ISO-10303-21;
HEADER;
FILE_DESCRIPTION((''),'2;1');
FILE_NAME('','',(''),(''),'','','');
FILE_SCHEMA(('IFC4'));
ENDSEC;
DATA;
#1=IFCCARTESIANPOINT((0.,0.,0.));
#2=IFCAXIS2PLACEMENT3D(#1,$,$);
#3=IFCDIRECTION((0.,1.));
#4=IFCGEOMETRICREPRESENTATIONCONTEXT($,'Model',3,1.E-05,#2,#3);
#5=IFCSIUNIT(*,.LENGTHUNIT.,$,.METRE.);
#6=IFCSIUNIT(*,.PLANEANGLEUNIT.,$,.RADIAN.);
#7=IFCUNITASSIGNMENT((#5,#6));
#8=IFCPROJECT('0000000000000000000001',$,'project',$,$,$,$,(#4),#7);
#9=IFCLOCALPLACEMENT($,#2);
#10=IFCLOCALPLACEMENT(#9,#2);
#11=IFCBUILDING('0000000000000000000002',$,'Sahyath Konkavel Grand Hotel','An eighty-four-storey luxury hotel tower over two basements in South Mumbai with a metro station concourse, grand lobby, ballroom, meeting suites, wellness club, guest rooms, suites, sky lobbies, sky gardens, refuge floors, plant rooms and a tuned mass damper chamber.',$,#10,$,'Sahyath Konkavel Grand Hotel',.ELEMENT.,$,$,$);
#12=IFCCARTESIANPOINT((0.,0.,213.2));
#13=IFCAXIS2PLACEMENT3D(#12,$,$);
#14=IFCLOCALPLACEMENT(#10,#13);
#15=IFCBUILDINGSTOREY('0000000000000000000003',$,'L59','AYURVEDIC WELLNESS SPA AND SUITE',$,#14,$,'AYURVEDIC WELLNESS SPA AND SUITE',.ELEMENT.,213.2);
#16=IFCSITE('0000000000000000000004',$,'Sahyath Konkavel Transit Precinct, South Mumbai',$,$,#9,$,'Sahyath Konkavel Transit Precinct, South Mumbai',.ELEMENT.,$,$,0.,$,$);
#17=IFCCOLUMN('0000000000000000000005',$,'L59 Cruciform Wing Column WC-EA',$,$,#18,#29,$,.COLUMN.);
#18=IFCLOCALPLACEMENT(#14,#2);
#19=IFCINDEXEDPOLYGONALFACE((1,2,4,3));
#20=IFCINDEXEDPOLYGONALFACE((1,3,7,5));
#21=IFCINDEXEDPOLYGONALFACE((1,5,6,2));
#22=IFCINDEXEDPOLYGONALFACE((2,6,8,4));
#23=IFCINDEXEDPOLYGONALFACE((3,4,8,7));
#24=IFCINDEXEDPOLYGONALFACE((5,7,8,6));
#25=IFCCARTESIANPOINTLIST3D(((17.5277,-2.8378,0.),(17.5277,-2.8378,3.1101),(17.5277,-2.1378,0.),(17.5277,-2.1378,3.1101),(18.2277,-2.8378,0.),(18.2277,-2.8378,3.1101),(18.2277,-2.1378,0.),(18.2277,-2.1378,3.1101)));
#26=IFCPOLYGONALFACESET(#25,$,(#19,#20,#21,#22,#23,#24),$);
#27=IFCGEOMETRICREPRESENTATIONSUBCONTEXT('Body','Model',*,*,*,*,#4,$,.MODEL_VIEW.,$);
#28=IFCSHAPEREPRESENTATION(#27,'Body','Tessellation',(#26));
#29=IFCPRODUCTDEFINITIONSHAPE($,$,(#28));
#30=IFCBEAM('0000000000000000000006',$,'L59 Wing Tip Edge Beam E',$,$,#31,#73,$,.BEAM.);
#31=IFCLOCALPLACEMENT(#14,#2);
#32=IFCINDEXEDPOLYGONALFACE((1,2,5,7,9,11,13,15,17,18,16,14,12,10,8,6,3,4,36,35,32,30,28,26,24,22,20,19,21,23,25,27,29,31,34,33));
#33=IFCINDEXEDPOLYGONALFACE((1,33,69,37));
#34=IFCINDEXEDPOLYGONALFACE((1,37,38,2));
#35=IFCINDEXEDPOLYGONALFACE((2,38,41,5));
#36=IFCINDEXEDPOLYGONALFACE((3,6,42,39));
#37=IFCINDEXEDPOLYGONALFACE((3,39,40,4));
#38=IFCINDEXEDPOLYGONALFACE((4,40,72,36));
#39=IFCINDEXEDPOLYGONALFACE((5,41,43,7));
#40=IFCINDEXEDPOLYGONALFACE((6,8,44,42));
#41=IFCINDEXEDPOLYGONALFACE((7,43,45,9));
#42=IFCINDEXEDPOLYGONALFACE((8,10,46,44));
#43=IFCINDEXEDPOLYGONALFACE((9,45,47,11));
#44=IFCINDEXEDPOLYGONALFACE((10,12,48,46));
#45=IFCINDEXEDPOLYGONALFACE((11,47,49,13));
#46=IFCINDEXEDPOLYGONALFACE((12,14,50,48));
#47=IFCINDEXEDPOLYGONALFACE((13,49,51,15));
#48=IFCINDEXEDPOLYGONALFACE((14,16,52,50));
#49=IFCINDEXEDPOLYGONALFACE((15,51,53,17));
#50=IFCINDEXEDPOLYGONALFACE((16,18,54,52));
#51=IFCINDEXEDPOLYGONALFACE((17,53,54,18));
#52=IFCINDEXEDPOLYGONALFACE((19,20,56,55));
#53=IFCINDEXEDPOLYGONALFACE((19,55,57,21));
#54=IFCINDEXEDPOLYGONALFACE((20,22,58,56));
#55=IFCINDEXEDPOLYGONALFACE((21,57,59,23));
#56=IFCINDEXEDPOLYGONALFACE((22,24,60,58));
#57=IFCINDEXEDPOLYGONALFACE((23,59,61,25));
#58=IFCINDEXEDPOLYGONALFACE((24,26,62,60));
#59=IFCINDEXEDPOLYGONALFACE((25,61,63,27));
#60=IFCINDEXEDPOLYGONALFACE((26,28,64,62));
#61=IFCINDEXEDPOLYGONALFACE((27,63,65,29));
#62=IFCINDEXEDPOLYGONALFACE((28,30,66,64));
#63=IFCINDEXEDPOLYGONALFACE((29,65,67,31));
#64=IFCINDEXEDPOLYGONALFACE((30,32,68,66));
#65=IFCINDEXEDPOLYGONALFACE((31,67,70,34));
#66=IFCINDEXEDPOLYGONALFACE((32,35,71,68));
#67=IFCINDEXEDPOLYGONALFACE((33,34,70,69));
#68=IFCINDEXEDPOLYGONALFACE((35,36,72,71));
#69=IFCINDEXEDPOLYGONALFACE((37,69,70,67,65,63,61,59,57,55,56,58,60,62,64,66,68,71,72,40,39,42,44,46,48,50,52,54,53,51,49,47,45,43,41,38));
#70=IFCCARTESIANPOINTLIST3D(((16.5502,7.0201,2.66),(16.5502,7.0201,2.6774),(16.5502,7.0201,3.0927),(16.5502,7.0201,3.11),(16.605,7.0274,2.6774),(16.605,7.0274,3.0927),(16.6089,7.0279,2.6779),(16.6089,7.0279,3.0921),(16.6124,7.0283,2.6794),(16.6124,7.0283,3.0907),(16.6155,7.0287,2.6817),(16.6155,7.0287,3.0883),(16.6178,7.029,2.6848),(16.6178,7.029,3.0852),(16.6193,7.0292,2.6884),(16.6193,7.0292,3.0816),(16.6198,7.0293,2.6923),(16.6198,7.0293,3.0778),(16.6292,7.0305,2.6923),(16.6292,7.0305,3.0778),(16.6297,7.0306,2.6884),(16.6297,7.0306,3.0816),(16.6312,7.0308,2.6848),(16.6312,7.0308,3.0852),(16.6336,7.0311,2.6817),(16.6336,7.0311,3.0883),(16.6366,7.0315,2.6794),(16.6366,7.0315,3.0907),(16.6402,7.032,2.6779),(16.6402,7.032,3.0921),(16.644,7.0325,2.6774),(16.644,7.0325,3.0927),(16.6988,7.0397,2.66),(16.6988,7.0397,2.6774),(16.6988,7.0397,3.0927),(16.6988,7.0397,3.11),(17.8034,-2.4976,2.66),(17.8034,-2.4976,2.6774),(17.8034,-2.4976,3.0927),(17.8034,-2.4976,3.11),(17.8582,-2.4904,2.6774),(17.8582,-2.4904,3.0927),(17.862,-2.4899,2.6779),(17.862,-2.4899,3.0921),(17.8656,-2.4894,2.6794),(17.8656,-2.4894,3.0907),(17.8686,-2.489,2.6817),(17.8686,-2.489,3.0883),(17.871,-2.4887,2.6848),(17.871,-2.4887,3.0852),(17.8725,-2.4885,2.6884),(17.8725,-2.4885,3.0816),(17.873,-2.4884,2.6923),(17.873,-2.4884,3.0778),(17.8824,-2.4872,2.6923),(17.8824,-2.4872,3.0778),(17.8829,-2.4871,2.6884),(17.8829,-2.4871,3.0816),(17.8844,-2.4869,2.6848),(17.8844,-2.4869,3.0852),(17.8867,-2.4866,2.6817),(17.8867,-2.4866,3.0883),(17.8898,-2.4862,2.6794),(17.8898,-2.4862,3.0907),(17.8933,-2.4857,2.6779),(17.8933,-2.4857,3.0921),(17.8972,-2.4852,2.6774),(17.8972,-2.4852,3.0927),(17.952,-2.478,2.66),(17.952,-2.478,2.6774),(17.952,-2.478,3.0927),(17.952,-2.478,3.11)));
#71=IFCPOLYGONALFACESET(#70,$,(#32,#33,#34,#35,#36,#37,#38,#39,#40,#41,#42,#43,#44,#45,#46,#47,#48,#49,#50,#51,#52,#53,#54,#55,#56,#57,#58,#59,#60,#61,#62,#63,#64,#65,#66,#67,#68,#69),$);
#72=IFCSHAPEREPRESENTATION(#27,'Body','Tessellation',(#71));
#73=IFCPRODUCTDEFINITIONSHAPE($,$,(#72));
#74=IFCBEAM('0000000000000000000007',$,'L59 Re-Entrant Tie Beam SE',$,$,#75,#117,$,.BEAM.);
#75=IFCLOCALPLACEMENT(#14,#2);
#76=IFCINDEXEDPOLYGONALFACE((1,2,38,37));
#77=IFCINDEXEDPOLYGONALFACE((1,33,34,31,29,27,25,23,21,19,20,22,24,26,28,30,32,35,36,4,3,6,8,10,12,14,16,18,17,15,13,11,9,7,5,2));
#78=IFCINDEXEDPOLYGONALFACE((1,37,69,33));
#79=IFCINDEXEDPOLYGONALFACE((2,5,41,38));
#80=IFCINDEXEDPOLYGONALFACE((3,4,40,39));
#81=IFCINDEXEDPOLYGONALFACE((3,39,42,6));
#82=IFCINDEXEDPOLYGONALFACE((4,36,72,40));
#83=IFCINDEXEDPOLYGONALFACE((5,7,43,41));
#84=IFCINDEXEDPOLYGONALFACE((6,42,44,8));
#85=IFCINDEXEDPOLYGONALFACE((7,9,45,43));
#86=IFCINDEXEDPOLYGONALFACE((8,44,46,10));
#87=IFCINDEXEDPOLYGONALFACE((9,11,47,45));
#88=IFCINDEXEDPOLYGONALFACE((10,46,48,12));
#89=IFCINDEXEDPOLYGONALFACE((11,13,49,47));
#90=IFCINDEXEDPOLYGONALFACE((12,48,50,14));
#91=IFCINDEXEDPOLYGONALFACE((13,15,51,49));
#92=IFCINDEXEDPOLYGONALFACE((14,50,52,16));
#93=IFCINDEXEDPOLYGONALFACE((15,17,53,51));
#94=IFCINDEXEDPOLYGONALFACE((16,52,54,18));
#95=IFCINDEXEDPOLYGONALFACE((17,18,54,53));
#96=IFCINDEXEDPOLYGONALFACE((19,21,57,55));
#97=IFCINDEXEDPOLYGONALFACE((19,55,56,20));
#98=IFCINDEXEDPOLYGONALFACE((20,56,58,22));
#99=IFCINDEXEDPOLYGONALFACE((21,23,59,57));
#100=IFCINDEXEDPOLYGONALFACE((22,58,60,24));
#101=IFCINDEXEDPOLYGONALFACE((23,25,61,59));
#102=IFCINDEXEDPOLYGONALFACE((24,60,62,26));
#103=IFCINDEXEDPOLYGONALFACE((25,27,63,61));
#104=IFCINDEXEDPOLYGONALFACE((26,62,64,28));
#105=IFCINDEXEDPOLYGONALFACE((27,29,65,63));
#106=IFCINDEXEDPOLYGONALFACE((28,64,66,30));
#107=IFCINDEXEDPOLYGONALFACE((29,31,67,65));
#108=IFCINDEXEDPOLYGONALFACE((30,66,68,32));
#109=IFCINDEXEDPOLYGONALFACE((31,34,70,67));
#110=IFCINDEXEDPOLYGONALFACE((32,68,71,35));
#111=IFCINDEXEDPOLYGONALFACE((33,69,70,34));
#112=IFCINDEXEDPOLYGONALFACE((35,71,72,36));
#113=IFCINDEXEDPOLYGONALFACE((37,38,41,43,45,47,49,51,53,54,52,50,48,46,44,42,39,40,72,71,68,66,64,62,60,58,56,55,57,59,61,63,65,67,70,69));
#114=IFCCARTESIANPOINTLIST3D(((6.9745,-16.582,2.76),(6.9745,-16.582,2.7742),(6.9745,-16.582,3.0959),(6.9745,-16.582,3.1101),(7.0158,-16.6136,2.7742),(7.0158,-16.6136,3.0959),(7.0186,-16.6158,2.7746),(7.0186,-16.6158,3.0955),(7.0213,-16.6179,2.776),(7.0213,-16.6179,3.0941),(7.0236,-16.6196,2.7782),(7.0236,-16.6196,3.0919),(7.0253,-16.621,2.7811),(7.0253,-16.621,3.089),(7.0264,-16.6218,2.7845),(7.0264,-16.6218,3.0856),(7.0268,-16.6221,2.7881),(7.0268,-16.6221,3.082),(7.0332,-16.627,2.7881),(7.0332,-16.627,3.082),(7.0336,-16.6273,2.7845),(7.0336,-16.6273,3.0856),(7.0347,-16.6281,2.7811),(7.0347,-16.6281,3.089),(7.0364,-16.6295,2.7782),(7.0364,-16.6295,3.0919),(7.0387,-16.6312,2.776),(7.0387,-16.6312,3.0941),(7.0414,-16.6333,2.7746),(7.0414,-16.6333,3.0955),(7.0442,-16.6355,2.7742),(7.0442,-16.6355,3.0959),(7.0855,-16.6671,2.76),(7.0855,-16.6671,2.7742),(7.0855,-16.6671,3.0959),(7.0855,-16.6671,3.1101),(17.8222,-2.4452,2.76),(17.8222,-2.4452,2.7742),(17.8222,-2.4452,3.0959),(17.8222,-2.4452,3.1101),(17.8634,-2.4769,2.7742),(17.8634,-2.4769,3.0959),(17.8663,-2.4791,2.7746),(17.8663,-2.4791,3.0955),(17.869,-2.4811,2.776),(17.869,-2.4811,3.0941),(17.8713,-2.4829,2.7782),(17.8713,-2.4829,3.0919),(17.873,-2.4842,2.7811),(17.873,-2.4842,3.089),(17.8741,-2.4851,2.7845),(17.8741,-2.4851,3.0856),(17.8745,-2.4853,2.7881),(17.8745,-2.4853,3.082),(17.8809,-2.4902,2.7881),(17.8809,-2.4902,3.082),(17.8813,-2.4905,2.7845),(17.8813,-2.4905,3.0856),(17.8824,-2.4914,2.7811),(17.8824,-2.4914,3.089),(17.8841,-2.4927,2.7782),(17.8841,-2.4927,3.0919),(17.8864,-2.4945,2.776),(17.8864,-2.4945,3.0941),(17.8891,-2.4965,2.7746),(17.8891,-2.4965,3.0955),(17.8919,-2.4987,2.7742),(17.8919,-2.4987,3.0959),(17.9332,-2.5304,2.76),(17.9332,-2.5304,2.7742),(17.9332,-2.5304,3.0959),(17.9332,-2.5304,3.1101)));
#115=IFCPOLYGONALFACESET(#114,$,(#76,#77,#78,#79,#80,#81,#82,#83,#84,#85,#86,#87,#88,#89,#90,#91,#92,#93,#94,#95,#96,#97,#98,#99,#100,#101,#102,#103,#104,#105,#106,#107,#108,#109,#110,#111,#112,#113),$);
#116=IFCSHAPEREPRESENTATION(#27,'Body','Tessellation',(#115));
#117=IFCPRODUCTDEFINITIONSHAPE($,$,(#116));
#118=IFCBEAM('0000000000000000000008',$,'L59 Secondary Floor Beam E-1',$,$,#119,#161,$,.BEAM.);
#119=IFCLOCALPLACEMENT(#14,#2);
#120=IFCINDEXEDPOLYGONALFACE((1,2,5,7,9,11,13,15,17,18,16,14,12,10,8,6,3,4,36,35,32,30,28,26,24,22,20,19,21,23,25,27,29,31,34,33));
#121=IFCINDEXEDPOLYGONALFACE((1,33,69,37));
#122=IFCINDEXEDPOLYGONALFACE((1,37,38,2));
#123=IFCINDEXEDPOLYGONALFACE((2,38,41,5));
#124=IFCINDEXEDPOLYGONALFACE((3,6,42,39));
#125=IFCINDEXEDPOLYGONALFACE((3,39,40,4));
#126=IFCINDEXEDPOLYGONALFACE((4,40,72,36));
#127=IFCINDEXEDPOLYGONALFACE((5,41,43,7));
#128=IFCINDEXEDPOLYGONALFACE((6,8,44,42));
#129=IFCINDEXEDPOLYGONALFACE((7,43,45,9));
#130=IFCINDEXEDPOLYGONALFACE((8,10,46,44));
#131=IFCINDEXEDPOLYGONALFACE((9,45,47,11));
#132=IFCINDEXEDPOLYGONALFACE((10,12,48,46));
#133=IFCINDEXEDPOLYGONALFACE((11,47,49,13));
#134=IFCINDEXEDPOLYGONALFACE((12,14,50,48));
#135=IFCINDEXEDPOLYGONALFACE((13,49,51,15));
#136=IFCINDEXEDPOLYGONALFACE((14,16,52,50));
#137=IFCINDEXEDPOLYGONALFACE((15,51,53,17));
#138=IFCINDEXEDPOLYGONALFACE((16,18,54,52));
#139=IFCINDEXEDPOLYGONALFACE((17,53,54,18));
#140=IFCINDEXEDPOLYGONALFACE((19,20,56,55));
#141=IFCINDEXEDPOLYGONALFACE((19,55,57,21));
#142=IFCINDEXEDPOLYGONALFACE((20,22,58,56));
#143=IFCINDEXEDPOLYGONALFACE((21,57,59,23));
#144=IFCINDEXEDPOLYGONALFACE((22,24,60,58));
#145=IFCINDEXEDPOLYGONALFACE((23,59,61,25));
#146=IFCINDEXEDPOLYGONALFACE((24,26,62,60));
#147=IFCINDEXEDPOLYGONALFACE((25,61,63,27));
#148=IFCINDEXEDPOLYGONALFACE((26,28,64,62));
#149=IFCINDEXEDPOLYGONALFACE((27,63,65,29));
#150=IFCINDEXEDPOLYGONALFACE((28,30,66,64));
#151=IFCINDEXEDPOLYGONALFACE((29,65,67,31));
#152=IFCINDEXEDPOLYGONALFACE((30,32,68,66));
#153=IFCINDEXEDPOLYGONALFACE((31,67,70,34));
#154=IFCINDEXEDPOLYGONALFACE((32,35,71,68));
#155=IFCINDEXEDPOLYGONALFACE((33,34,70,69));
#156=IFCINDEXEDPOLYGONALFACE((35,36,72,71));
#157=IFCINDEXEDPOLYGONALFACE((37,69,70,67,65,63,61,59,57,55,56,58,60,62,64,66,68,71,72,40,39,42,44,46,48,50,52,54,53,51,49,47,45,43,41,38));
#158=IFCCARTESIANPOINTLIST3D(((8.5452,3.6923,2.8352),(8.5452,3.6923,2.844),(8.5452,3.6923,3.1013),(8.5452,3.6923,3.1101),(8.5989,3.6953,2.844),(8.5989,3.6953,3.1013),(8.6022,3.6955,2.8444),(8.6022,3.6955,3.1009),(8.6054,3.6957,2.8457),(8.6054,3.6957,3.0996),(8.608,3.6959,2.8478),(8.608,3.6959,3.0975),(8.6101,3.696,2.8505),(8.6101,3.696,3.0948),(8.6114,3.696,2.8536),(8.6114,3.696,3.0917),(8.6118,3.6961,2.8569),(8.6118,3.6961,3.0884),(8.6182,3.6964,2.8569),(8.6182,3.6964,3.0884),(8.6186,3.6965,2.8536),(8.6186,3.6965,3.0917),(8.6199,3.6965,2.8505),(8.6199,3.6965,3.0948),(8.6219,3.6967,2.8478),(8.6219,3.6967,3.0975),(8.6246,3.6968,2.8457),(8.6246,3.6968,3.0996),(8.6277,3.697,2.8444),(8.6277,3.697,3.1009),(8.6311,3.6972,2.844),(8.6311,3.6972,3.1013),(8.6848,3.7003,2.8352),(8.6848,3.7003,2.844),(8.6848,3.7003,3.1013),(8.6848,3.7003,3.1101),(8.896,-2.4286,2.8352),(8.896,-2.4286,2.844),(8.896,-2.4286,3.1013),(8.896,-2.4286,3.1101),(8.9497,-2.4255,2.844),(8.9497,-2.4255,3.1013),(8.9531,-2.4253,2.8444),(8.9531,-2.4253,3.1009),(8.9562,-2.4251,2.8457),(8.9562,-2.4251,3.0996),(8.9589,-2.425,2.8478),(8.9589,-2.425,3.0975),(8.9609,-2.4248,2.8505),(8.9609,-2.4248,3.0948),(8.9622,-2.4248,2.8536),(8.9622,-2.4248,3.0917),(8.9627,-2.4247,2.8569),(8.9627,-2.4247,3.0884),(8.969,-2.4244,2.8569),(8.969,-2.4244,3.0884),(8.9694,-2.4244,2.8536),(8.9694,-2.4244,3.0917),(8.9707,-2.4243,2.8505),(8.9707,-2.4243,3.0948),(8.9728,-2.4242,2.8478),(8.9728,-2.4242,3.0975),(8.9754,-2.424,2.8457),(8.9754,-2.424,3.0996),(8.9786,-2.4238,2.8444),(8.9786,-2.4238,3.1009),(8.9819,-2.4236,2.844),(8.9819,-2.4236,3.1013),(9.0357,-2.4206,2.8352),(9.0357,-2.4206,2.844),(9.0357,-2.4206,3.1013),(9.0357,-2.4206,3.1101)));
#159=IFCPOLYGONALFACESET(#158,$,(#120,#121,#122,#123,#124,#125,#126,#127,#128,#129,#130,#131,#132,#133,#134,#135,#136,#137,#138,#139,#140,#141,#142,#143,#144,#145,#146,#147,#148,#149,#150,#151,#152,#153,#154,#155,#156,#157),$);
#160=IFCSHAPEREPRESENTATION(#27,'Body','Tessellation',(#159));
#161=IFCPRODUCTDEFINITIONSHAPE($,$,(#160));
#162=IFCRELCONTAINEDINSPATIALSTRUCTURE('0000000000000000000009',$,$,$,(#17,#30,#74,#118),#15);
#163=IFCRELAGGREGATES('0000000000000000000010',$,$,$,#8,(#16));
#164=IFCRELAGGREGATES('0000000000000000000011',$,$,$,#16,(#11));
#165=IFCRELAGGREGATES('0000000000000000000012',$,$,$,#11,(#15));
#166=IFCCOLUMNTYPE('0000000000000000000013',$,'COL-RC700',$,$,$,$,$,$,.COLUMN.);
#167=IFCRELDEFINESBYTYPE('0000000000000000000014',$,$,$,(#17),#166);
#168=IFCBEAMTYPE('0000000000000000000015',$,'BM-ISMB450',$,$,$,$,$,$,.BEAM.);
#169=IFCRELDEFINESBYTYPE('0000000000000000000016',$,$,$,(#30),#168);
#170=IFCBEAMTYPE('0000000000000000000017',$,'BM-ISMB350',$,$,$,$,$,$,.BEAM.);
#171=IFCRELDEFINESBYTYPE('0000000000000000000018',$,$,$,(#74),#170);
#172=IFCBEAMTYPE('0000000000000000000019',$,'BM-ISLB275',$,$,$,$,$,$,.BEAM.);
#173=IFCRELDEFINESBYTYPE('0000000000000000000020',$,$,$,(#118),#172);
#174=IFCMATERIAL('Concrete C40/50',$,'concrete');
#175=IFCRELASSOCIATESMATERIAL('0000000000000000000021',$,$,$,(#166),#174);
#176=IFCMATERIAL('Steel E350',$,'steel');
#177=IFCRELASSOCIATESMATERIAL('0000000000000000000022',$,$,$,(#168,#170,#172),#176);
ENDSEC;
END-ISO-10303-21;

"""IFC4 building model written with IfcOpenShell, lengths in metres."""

from ifc_helpers import new_model, si_unit, direction, frame, origin, origin_2d, place, context, subcontext, project, spatial, rectangle, i_section, extrude, source, transform, mapped, material, material_profile, profile_set, type_object, element, save


model = new_model("IFC4")

# Units and contexts
model_context = context("Model", 3, precision=1e-05, world=origin(), true_north=direction((0.0, 1.0)))
body_context = subcontext(model_context, "Body", "Model", "MODEL_VIEW")
ifc_project = project(units=[si_unit("LENGTHUNIT", "METRE"), si_unit("PLANEANGLEUNIT", "RADIAN")], contexts=[model_context])

# Site, building, storey
site_placement = place(None, origin())
site = spatial("IfcSite", under=ifc_project, at=site_placement, Name="Sahyath Konkavel Transit Precinct, South Mumbai", LongName="Sahyath Konkavel Transit Precinct, South Mumbai", CompositionType="ELEMENT", RefElevation=0.0)
building_placement = place(site_placement, origin())
building = spatial("IfcBuilding", under=site, at=building_placement, Name="Sahyath Konkavel Grand Hotel", Description="An eighty-four-storey luxury hotel tower over two basements in South Mumbai with a metro station concourse, grand lobby, ballroom, meeting suites, wellness club, guest rooms, suites, sky lobbies, sky gardens, refuge floors, plant rooms and a tuned mass damper chamber.", LongName="Sahyath Konkavel Grand Hotel", CompositionType="ELEMENT")
storey_placement = place(building_placement, frame((0.0, 0.0, 213.2)))
storey = spatial("IfcBuildingStorey", under=building, at=storey_placement, Name="L59", Description="AYURVEDIC WELLNESS SPA AND SUITE", LongName="AYURVEDIC WELLNESS SPA AND SUITE", CompositionType="ELEMENT", Elevation=213.2)

# Column
ifc_material_1 = material(Name="Concrete C40/50", Category="concrete")
ifc_material_profile_1 = material_profile(ifc_material_1, rectangle(XDim=0.7, YDim=0.7, at=origin_2d()), Name="RC 700x700")
ifc_profile_set_1 = profile_set([ifc_material_profile_1], Name="Concrete C40/50")
column_type = type_object("IfcColumnType", Name="COL-RC700", PredefinedType="COLUMN", material=ifc_profile_set_1)
shared_shape_1 = source(origin(), body_context, "Body", "SweptSolid", [
    extrude(rectangle(XDim=0.7, YDim=0.7, at=origin_2d()), origin(), (0.0, 0.0, 1.0), 3.1101),
])
column_placement = place(storey_placement, frame((17.8777, -2.4878, 0.0), z_axis=(0.0, 0.0, 1.0), x_axis=(1.0, 0.0, 0.0)))
element("IfcColumn", 1, at=column_placement, inside=storey, type_object=column_type, Name="L59 Cruciform Wing Column WC-EA", PredefinedType="COLUMN", context=body_context, shape_type="MappedRepresentation", body=[
    mapped(shared_shape_1, transform((0.0, 0.0, 0.0), scale=1.0)),
])

# Beams
ifc_material_2 = material(Name="Steel E350", Category="steel")
ifc_material_profile_2 = material_profile(ifc_material_2, i_section(OverallWidth=0.1499, OverallDepth=0.45, WebThickness=0.0095, FlangeThickness=0.0173, FilletRadius=0.0149, at=origin_2d()), Name="ISMB 450")
ifc_profile_set_2 = profile_set([ifc_material_profile_2], Name="Steel E350")
beam_type_1 = type_object("IfcBeamType", Name="BM-ISMB450", PredefinedType="BEAM", material=ifc_profile_set_2)
shared_shape_2 = source(origin(), body_context, "Body", "SweptSolid", [
    extrude(i_section(OverallWidth=0.1499, OverallDepth=0.45, WebThickness=0.0095, FlangeThickness=0.0173, FilletRadius=0.0149, at=origin_2d()), origin(), (0.0, 0.0, 1.0), 9.5999),
])
beam_1_placement = place(storey_placement, frame((17.8777, -2.4878, 2.885), z_axis=(-0.130539, 0.991443, 0.0), x_axis=(-0.991443, -0.130539, 0.0)))
element("IfcBeam", 2, at=beam_1_placement, inside=storey, type_object=beam_type_1, Name="L59 Wing Tip Edge Beam E", PredefinedType="BEAM", context=body_context, shape_type="MappedRepresentation", body=[
    mapped(shared_shape_2, transform((0.0, 0.0, 0.0), scale=1.0)),
])
ifc_material_profile_3 = material_profile(ifc_material_2, i_section(OverallWidth=0.1399, OverallDepth=0.3501, WebThickness=0.0081, FlangeThickness=0.0142, FilletRadius=0.0139, at=origin_2d()), Name="ISMB 350")
ifc_profile_set_3 = profile_set([ifc_material_profile_3], Name="Steel E350")
beam_type_2 = type_object("IfcBeamType", Name="BM-ISMB350", PredefinedType="BEAM", material=ifc_profile_set_3)
shared_shape_3 = source(origin(), body_context, "Body", "SweptSolid", [
    extrude(i_section(OverallWidth=0.1399, OverallDepth=0.3501, WebThickness=0.0081, FlangeThickness=0.0142, FilletRadius=0.0139, at=origin_2d()), origin(), (0.0, 0.0, 1.0), 17.8191),
])
beam_2_placement = place(storey_placement, frame((17.8777, -2.4878, 2.9351), z_axis=(-0.608767, -0.793349, 0.0), x_axis=(0.793349, -0.608767, 0.0)))
element("IfcBeam", 3, at=beam_2_placement, inside=storey, type_object=beam_type_2, Name="L59 Re-Entrant Tie Beam SE", PredefinedType="BEAM", context=body_context, shape_type="MappedRepresentation", body=[
    mapped(shared_shape_3, transform((0.0, 0.0, 0.0), scale=1.0)),
])
ifc_material_profile_4 = material_profile(ifc_material_2, i_section(OverallWidth=0.1399, OverallDepth=0.2749, WebThickness=0.0063, FlangeThickness=0.0088, FilletRadius=0.0129, at=origin_2d()), Name="ISLB 275")
ifc_profile_set_4 = profile_set([ifc_material_profile_4], Name="Steel E350")
beam_type_3 = type_object("IfcBeamType", Name="BM-ISLB275", PredefinedType="BEAM", material=ifc_profile_set_4)
shared_shape_4 = source(origin(), body_context, "Body", "SweptSolid", [
    extrude(i_section(OverallWidth=0.1399, OverallDepth=0.2749, WebThickness=0.0063, FlangeThickness=0.0088, FilletRadius=0.0129, at=origin_2d()), origin(), (0.0, 0.0, 1.0), 6.1309),
])
beam_3_placement = place(storey_placement, frame((8.9658, -2.4246, 2.9727), z_axis=(-0.057223, 0.998361, 0.0), x_axis=(-0.998361, -0.057223, 0.0)))
element("IfcBeam", 4, at=beam_3_placement, inside=storey, type_object=beam_type_3, Name="L59 Secondary Floor Beam E-1", PredefinedType="BEAM", context=body_context, shape_type="MappedRepresentation", body=[
    mapped(shared_shape_4, transform((0.0, 0.0, 0.0), scale=1.0)),
])

save(model, "model.ifc")
